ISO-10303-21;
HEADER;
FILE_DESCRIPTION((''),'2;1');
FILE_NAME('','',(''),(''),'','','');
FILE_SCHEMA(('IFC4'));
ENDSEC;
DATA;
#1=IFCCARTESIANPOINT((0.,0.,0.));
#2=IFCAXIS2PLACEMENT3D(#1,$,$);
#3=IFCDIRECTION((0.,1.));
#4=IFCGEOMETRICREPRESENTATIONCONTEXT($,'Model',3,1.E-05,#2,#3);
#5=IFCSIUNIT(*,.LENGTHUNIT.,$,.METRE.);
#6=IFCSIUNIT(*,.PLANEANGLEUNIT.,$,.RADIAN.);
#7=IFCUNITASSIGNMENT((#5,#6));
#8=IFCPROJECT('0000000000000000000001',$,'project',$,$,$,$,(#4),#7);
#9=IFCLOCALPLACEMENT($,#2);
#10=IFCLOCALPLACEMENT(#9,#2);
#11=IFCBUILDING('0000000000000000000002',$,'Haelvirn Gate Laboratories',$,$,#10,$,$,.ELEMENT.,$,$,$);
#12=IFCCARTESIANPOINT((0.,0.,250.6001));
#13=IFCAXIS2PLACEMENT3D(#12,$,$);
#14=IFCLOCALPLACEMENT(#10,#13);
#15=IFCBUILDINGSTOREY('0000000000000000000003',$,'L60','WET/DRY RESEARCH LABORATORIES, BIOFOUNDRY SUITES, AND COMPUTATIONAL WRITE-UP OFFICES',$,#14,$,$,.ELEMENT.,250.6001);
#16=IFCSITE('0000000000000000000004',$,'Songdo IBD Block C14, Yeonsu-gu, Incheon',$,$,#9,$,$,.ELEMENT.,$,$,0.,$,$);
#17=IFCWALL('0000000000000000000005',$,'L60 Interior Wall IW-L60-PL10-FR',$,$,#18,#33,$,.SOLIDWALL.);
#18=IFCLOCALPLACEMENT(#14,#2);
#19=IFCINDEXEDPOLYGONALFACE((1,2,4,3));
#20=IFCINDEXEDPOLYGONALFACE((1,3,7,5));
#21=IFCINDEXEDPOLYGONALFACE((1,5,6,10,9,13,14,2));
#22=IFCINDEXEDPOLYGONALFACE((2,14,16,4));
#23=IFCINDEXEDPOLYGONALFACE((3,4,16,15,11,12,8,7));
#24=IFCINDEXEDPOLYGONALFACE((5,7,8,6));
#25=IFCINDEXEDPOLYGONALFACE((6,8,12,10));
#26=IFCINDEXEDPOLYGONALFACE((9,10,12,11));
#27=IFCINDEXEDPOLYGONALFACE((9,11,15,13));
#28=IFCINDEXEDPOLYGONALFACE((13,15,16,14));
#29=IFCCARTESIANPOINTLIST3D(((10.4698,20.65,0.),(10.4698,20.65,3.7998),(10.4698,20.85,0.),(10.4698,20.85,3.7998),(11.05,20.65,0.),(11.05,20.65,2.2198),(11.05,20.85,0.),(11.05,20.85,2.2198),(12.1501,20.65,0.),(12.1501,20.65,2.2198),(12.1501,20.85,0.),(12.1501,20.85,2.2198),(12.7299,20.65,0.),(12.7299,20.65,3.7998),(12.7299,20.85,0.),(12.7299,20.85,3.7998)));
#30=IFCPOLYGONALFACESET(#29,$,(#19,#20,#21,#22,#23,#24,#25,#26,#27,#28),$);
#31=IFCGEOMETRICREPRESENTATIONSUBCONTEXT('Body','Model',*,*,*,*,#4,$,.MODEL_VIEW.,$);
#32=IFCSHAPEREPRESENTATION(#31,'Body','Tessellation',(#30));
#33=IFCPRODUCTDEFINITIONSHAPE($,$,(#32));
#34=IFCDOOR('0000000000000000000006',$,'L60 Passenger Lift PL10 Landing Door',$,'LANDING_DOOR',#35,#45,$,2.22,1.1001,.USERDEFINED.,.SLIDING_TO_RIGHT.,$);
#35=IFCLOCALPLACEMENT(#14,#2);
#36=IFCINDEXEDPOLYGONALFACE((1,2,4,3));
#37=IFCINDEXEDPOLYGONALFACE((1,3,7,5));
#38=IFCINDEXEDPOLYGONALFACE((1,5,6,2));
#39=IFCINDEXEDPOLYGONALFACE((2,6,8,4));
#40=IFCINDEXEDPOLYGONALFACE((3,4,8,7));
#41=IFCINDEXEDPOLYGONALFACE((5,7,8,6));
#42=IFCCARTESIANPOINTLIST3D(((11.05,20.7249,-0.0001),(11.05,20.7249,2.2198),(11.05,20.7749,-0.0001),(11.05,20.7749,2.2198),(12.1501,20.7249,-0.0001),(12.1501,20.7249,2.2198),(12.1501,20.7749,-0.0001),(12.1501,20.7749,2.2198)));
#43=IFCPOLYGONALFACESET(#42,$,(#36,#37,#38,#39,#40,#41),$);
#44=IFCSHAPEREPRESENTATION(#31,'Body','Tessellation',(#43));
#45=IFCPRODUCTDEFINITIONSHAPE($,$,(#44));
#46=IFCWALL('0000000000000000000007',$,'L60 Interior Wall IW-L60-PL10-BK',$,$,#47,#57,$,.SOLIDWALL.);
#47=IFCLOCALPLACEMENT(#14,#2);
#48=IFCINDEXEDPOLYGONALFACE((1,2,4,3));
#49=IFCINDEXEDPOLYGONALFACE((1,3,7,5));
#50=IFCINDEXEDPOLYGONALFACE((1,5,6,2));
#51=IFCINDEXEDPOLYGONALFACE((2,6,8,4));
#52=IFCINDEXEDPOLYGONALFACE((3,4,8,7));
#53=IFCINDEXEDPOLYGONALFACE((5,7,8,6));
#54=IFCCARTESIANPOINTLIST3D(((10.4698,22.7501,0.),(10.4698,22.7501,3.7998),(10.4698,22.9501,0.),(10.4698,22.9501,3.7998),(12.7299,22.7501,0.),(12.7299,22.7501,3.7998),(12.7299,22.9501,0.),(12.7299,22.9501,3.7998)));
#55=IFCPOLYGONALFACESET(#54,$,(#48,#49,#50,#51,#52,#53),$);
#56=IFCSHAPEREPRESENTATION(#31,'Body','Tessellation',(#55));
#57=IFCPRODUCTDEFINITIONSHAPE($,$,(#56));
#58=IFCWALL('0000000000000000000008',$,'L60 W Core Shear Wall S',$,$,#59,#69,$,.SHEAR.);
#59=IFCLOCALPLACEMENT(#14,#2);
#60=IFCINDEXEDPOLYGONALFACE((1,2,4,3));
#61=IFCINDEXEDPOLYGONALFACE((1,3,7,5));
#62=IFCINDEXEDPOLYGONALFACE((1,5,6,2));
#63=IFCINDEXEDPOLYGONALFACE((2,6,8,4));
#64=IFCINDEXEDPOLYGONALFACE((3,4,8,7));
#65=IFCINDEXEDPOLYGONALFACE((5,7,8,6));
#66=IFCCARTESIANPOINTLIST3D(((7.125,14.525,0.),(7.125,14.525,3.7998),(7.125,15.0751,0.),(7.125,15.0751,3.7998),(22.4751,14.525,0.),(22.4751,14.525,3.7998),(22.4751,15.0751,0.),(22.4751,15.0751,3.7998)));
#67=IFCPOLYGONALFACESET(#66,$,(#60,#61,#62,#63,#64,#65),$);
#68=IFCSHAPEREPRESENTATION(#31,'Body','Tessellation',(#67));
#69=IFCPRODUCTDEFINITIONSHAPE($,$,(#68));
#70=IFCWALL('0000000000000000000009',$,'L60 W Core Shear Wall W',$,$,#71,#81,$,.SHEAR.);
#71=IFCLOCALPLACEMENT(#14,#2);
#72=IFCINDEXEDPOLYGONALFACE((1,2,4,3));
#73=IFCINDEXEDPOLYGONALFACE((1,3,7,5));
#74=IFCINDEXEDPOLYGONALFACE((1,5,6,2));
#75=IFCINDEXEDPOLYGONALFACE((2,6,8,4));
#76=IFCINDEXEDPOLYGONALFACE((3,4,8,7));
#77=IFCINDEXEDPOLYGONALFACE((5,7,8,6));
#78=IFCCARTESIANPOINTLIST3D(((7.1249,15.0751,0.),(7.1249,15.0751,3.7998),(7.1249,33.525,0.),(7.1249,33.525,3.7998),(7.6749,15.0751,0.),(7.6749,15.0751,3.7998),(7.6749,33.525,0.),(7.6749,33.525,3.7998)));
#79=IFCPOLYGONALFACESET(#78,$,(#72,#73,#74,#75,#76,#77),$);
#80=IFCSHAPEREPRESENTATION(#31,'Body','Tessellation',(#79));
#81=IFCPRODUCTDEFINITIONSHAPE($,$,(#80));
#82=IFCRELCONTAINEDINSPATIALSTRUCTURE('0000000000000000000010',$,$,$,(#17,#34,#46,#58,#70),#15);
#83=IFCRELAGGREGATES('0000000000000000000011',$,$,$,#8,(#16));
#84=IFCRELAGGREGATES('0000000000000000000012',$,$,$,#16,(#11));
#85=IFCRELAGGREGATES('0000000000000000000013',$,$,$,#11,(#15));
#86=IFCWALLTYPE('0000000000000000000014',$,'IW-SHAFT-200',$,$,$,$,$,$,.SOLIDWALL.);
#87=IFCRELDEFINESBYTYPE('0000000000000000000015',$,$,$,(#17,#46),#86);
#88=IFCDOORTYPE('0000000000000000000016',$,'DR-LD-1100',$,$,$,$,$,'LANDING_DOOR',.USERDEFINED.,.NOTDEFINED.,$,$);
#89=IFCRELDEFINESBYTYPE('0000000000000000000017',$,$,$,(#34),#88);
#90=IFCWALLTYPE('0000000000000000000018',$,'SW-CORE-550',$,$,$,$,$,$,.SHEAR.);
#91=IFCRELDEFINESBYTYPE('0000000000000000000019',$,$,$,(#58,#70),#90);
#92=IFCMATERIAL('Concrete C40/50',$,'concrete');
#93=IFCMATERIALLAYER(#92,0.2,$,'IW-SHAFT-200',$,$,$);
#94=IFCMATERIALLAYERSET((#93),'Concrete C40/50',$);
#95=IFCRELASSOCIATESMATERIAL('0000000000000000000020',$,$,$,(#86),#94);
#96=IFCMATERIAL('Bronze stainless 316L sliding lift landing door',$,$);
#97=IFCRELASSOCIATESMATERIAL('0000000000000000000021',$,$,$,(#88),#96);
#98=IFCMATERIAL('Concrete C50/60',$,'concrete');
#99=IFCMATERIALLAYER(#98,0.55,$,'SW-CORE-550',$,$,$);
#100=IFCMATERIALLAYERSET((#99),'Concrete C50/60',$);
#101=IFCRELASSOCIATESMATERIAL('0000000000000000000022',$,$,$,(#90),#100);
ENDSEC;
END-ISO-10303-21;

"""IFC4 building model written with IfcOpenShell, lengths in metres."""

from ifc_helpers import new_model, si_unit, direction, frame, frame_2d, origin, place, context, subcontext, project, spatial, rectangle, extrude, source, transform, mapped, material, layer, layer_set, type_object, type_shapes, element, fill, save


model = new_model("IFC4")

# Units and contexts
model_context = context("Model", 3, precision=1e-05, world=origin(), true_north=direction((0.0, 1.0)))
body_context = subcontext(model_context, "Body", "Model", "MODEL_VIEW")
ifc_project = project(units=[si_unit("LENGTHUNIT", "METRE"), si_unit("PLANEANGLEUNIT", "RADIAN")], contexts=[model_context])

# Site, building, storey
site_placement = place(None, origin())
site = spatial("IfcSite", under=ifc_project, at=site_placement, Name="Songdo IBD Block C14, Yeonsu-gu, Incheon", CompositionType="ELEMENT", RefElevation=0.0)
building_placement = place(site_placement, origin())
building = spatial("IfcBuilding", under=site, at=building_placement, Name="Haelvirn Gate Laboratories", CompositionType="ELEMENT")
storey_placement = place(building_placement, frame((0.0, 0.0, 250.6001)))
storey = spatial("IfcBuildingStorey", under=building, at=storey_placement, Name="L60", Description="WET/DRY RESEARCH LABORATORIES, BIOFOUNDRY SUITES, AND COMPUTATIONAL WRITE-UP OFFICES", CompositionType="ELEMENT", Elevation=250.6001)

# Shared definitions
ifc_material_1 = material(Name="Concrete C50/60", Category="concrete")

# Shared definitions
ifc_material_2 = material(Name="Concrete C40/50", Category="concrete")

# Shared definitions
ifc_layer_1 = layer(ifc_material_2, 0.2, Name="IW-SHAFT-200")
ifc_layer_set_1 = layer_set([ifc_layer_1], Name="Concrete C40/50")
wall_type_1 = type_object("IfcWallType", Name="IW-SHAFT-200", PredefinedType="SOLIDWALL", material=ifc_layer_set_1)
ifc_material_3 = material(Name="Bronze stainless 316L sliding lift landing door")
door_type_1 = type_object("IfcDoorType", Name="DR-LD-1100", ElementType="LANDING_DOOR", OperationType="NOTDEFINED", PredefinedType="USERDEFINED", material=ifc_material_3)
shared_shape_1 = source(origin(), body_context, "Body", "SweptSolid", [
    extrude(rectangle(XDim=1.1001, YDim=2.22, at=frame_2d((0.55, 1.1099))), frame((0.0, 0.0249, 0.0), z_axis=(0.0, -1.0, 0.0), x_axis=(1.0, 0.0, 0.0)), (0.0, 0.0, 1.0), 0.05),
])
type_shapes(door_type_1, [shared_shape_1])

# Wall, opening, door
wall_1_placement = place(storey_placement, frame((10.47, 20.75, 0.0), z_axis=(0.0, 0.0, 1.0), x_axis=(1.0, 0.0, 0.0)))
wall_1 = element("IfcWall", 1, at=wall_1_placement, inside=storey, type_object=wall_type_1, Name="L60 Interior Wall IW-L60-PL10-FR", PredefinedType="SOLIDWALL", context=body_context, shape_type="SweptSolid", body=[
    extrude(rectangle(XDim=2.26, YDim=0.2, at=frame_2d((1.1299, 0.0))), origin(), (0.0, 0.0, 1.0), 3.7998),
])
opening_1_placement = place(wall_1_placement, frame((0.5801, 0.0, 0.0)))
opening_1 = element("IfcOpeningElement", 2, at=opening_1_placement, cuts=wall_1, PredefinedType="OPENING", context=body_context, shape_type="SweptSolid", body=[
    extrude(rectangle(XDim=1.1001, YDim=2.22, at=frame_2d((0.55, 1.1099))), frame((0.0, 0.1099, 0.0), z_axis=(0.0, -1.0, 0.0), x_axis=(1.0, 0.0, 0.0)), (0.0, 0.0, 1.0), 0.22),
])
door_1_placement = place(opening_1_placement, origin())
door_1 = element("IfcDoor", 3, at=door_1_placement, inside=storey, type_object=door_type_1, Name="L60 Passenger Lift PL10 Landing Door", ObjectType="LANDING_DOOR", OperationType="SLIDING_TO_RIGHT", OverallHeight=2.22, OverallWidth=1.1001, PredefinedType="USERDEFINED", context=body_context, shape_type="MappedRepresentation", body=[
    mapped(shared_shape_1, transform((0.0, 0.0, 0.0), scale=1.0)),
])
fill(opening_1, door_1)

# Walls
wall_2_placement = place(storey_placement, frame((10.47, 22.8501, 0.0), z_axis=(0.0, 0.0, 1.0), x_axis=(1.0, 0.0, 0.0)))
element("IfcWall", 4, at=wall_2_placement, inside=storey, type_object=wall_type_1, Name="L60 Interior Wall IW-L60-PL10-BK", PredefinedType="SOLIDWALL", context=body_context, shape_type="SweptSolid", body=[
    extrude(rectangle(XDim=2.26, YDim=0.2, at=frame_2d((1.1299, 0.0))), origin(), (0.0, 0.0, 1.0), 3.7998),
])
ifc_layer_2 = layer(ifc_material_1, 0.55, Name="SW-CORE-550")
ifc_layer_set_2 = layer_set([ifc_layer_2], Name="Concrete C50/60")
wall_type_2 = type_object("IfcWallType", Name="SW-CORE-550", PredefinedType="SHEAR", material=ifc_layer_set_2)
wall_3_placement = place(storey_placement, frame((7.125, 14.8, 0.0), z_axis=(0.0, 0.0, 1.0), x_axis=(1.0, 0.0, 0.0)))
element("IfcWall", 5, at=wall_3_placement, inside=storey, type_object=wall_type_2, Name="L60 W Core Shear Wall S", PredefinedType="SHEAR", context=body_context, shape_type="SweptSolid", body=[
    extrude(rectangle(XDim=15.3501, YDim=0.55, at=frame_2d((7.675, 0.0))), origin(), (0.0, 0.0, 1.0), 3.7998),
])
wall_4_placement = place(storey_placement, frame((7.3999, 15.075, 0.0), z_axis=(0.0, 0.0, 1.0), x_axis=(0.0, 1.0, 0.0)))
element("IfcWall", 6, at=wall_4_placement, inside=storey, type_object=wall_type_2, Name="L60 W Core Shear Wall W", PredefinedType="SHEAR", context=body_context, shape_type="SweptSolid", body=[
    extrude(rectangle(XDim=18.45, YDim=0.55, at=frame_2d((9.2251, 0.0))), origin(), (0.0, 0.0, 1.0), 3.7998),
])

save(model, "model.ifc")
